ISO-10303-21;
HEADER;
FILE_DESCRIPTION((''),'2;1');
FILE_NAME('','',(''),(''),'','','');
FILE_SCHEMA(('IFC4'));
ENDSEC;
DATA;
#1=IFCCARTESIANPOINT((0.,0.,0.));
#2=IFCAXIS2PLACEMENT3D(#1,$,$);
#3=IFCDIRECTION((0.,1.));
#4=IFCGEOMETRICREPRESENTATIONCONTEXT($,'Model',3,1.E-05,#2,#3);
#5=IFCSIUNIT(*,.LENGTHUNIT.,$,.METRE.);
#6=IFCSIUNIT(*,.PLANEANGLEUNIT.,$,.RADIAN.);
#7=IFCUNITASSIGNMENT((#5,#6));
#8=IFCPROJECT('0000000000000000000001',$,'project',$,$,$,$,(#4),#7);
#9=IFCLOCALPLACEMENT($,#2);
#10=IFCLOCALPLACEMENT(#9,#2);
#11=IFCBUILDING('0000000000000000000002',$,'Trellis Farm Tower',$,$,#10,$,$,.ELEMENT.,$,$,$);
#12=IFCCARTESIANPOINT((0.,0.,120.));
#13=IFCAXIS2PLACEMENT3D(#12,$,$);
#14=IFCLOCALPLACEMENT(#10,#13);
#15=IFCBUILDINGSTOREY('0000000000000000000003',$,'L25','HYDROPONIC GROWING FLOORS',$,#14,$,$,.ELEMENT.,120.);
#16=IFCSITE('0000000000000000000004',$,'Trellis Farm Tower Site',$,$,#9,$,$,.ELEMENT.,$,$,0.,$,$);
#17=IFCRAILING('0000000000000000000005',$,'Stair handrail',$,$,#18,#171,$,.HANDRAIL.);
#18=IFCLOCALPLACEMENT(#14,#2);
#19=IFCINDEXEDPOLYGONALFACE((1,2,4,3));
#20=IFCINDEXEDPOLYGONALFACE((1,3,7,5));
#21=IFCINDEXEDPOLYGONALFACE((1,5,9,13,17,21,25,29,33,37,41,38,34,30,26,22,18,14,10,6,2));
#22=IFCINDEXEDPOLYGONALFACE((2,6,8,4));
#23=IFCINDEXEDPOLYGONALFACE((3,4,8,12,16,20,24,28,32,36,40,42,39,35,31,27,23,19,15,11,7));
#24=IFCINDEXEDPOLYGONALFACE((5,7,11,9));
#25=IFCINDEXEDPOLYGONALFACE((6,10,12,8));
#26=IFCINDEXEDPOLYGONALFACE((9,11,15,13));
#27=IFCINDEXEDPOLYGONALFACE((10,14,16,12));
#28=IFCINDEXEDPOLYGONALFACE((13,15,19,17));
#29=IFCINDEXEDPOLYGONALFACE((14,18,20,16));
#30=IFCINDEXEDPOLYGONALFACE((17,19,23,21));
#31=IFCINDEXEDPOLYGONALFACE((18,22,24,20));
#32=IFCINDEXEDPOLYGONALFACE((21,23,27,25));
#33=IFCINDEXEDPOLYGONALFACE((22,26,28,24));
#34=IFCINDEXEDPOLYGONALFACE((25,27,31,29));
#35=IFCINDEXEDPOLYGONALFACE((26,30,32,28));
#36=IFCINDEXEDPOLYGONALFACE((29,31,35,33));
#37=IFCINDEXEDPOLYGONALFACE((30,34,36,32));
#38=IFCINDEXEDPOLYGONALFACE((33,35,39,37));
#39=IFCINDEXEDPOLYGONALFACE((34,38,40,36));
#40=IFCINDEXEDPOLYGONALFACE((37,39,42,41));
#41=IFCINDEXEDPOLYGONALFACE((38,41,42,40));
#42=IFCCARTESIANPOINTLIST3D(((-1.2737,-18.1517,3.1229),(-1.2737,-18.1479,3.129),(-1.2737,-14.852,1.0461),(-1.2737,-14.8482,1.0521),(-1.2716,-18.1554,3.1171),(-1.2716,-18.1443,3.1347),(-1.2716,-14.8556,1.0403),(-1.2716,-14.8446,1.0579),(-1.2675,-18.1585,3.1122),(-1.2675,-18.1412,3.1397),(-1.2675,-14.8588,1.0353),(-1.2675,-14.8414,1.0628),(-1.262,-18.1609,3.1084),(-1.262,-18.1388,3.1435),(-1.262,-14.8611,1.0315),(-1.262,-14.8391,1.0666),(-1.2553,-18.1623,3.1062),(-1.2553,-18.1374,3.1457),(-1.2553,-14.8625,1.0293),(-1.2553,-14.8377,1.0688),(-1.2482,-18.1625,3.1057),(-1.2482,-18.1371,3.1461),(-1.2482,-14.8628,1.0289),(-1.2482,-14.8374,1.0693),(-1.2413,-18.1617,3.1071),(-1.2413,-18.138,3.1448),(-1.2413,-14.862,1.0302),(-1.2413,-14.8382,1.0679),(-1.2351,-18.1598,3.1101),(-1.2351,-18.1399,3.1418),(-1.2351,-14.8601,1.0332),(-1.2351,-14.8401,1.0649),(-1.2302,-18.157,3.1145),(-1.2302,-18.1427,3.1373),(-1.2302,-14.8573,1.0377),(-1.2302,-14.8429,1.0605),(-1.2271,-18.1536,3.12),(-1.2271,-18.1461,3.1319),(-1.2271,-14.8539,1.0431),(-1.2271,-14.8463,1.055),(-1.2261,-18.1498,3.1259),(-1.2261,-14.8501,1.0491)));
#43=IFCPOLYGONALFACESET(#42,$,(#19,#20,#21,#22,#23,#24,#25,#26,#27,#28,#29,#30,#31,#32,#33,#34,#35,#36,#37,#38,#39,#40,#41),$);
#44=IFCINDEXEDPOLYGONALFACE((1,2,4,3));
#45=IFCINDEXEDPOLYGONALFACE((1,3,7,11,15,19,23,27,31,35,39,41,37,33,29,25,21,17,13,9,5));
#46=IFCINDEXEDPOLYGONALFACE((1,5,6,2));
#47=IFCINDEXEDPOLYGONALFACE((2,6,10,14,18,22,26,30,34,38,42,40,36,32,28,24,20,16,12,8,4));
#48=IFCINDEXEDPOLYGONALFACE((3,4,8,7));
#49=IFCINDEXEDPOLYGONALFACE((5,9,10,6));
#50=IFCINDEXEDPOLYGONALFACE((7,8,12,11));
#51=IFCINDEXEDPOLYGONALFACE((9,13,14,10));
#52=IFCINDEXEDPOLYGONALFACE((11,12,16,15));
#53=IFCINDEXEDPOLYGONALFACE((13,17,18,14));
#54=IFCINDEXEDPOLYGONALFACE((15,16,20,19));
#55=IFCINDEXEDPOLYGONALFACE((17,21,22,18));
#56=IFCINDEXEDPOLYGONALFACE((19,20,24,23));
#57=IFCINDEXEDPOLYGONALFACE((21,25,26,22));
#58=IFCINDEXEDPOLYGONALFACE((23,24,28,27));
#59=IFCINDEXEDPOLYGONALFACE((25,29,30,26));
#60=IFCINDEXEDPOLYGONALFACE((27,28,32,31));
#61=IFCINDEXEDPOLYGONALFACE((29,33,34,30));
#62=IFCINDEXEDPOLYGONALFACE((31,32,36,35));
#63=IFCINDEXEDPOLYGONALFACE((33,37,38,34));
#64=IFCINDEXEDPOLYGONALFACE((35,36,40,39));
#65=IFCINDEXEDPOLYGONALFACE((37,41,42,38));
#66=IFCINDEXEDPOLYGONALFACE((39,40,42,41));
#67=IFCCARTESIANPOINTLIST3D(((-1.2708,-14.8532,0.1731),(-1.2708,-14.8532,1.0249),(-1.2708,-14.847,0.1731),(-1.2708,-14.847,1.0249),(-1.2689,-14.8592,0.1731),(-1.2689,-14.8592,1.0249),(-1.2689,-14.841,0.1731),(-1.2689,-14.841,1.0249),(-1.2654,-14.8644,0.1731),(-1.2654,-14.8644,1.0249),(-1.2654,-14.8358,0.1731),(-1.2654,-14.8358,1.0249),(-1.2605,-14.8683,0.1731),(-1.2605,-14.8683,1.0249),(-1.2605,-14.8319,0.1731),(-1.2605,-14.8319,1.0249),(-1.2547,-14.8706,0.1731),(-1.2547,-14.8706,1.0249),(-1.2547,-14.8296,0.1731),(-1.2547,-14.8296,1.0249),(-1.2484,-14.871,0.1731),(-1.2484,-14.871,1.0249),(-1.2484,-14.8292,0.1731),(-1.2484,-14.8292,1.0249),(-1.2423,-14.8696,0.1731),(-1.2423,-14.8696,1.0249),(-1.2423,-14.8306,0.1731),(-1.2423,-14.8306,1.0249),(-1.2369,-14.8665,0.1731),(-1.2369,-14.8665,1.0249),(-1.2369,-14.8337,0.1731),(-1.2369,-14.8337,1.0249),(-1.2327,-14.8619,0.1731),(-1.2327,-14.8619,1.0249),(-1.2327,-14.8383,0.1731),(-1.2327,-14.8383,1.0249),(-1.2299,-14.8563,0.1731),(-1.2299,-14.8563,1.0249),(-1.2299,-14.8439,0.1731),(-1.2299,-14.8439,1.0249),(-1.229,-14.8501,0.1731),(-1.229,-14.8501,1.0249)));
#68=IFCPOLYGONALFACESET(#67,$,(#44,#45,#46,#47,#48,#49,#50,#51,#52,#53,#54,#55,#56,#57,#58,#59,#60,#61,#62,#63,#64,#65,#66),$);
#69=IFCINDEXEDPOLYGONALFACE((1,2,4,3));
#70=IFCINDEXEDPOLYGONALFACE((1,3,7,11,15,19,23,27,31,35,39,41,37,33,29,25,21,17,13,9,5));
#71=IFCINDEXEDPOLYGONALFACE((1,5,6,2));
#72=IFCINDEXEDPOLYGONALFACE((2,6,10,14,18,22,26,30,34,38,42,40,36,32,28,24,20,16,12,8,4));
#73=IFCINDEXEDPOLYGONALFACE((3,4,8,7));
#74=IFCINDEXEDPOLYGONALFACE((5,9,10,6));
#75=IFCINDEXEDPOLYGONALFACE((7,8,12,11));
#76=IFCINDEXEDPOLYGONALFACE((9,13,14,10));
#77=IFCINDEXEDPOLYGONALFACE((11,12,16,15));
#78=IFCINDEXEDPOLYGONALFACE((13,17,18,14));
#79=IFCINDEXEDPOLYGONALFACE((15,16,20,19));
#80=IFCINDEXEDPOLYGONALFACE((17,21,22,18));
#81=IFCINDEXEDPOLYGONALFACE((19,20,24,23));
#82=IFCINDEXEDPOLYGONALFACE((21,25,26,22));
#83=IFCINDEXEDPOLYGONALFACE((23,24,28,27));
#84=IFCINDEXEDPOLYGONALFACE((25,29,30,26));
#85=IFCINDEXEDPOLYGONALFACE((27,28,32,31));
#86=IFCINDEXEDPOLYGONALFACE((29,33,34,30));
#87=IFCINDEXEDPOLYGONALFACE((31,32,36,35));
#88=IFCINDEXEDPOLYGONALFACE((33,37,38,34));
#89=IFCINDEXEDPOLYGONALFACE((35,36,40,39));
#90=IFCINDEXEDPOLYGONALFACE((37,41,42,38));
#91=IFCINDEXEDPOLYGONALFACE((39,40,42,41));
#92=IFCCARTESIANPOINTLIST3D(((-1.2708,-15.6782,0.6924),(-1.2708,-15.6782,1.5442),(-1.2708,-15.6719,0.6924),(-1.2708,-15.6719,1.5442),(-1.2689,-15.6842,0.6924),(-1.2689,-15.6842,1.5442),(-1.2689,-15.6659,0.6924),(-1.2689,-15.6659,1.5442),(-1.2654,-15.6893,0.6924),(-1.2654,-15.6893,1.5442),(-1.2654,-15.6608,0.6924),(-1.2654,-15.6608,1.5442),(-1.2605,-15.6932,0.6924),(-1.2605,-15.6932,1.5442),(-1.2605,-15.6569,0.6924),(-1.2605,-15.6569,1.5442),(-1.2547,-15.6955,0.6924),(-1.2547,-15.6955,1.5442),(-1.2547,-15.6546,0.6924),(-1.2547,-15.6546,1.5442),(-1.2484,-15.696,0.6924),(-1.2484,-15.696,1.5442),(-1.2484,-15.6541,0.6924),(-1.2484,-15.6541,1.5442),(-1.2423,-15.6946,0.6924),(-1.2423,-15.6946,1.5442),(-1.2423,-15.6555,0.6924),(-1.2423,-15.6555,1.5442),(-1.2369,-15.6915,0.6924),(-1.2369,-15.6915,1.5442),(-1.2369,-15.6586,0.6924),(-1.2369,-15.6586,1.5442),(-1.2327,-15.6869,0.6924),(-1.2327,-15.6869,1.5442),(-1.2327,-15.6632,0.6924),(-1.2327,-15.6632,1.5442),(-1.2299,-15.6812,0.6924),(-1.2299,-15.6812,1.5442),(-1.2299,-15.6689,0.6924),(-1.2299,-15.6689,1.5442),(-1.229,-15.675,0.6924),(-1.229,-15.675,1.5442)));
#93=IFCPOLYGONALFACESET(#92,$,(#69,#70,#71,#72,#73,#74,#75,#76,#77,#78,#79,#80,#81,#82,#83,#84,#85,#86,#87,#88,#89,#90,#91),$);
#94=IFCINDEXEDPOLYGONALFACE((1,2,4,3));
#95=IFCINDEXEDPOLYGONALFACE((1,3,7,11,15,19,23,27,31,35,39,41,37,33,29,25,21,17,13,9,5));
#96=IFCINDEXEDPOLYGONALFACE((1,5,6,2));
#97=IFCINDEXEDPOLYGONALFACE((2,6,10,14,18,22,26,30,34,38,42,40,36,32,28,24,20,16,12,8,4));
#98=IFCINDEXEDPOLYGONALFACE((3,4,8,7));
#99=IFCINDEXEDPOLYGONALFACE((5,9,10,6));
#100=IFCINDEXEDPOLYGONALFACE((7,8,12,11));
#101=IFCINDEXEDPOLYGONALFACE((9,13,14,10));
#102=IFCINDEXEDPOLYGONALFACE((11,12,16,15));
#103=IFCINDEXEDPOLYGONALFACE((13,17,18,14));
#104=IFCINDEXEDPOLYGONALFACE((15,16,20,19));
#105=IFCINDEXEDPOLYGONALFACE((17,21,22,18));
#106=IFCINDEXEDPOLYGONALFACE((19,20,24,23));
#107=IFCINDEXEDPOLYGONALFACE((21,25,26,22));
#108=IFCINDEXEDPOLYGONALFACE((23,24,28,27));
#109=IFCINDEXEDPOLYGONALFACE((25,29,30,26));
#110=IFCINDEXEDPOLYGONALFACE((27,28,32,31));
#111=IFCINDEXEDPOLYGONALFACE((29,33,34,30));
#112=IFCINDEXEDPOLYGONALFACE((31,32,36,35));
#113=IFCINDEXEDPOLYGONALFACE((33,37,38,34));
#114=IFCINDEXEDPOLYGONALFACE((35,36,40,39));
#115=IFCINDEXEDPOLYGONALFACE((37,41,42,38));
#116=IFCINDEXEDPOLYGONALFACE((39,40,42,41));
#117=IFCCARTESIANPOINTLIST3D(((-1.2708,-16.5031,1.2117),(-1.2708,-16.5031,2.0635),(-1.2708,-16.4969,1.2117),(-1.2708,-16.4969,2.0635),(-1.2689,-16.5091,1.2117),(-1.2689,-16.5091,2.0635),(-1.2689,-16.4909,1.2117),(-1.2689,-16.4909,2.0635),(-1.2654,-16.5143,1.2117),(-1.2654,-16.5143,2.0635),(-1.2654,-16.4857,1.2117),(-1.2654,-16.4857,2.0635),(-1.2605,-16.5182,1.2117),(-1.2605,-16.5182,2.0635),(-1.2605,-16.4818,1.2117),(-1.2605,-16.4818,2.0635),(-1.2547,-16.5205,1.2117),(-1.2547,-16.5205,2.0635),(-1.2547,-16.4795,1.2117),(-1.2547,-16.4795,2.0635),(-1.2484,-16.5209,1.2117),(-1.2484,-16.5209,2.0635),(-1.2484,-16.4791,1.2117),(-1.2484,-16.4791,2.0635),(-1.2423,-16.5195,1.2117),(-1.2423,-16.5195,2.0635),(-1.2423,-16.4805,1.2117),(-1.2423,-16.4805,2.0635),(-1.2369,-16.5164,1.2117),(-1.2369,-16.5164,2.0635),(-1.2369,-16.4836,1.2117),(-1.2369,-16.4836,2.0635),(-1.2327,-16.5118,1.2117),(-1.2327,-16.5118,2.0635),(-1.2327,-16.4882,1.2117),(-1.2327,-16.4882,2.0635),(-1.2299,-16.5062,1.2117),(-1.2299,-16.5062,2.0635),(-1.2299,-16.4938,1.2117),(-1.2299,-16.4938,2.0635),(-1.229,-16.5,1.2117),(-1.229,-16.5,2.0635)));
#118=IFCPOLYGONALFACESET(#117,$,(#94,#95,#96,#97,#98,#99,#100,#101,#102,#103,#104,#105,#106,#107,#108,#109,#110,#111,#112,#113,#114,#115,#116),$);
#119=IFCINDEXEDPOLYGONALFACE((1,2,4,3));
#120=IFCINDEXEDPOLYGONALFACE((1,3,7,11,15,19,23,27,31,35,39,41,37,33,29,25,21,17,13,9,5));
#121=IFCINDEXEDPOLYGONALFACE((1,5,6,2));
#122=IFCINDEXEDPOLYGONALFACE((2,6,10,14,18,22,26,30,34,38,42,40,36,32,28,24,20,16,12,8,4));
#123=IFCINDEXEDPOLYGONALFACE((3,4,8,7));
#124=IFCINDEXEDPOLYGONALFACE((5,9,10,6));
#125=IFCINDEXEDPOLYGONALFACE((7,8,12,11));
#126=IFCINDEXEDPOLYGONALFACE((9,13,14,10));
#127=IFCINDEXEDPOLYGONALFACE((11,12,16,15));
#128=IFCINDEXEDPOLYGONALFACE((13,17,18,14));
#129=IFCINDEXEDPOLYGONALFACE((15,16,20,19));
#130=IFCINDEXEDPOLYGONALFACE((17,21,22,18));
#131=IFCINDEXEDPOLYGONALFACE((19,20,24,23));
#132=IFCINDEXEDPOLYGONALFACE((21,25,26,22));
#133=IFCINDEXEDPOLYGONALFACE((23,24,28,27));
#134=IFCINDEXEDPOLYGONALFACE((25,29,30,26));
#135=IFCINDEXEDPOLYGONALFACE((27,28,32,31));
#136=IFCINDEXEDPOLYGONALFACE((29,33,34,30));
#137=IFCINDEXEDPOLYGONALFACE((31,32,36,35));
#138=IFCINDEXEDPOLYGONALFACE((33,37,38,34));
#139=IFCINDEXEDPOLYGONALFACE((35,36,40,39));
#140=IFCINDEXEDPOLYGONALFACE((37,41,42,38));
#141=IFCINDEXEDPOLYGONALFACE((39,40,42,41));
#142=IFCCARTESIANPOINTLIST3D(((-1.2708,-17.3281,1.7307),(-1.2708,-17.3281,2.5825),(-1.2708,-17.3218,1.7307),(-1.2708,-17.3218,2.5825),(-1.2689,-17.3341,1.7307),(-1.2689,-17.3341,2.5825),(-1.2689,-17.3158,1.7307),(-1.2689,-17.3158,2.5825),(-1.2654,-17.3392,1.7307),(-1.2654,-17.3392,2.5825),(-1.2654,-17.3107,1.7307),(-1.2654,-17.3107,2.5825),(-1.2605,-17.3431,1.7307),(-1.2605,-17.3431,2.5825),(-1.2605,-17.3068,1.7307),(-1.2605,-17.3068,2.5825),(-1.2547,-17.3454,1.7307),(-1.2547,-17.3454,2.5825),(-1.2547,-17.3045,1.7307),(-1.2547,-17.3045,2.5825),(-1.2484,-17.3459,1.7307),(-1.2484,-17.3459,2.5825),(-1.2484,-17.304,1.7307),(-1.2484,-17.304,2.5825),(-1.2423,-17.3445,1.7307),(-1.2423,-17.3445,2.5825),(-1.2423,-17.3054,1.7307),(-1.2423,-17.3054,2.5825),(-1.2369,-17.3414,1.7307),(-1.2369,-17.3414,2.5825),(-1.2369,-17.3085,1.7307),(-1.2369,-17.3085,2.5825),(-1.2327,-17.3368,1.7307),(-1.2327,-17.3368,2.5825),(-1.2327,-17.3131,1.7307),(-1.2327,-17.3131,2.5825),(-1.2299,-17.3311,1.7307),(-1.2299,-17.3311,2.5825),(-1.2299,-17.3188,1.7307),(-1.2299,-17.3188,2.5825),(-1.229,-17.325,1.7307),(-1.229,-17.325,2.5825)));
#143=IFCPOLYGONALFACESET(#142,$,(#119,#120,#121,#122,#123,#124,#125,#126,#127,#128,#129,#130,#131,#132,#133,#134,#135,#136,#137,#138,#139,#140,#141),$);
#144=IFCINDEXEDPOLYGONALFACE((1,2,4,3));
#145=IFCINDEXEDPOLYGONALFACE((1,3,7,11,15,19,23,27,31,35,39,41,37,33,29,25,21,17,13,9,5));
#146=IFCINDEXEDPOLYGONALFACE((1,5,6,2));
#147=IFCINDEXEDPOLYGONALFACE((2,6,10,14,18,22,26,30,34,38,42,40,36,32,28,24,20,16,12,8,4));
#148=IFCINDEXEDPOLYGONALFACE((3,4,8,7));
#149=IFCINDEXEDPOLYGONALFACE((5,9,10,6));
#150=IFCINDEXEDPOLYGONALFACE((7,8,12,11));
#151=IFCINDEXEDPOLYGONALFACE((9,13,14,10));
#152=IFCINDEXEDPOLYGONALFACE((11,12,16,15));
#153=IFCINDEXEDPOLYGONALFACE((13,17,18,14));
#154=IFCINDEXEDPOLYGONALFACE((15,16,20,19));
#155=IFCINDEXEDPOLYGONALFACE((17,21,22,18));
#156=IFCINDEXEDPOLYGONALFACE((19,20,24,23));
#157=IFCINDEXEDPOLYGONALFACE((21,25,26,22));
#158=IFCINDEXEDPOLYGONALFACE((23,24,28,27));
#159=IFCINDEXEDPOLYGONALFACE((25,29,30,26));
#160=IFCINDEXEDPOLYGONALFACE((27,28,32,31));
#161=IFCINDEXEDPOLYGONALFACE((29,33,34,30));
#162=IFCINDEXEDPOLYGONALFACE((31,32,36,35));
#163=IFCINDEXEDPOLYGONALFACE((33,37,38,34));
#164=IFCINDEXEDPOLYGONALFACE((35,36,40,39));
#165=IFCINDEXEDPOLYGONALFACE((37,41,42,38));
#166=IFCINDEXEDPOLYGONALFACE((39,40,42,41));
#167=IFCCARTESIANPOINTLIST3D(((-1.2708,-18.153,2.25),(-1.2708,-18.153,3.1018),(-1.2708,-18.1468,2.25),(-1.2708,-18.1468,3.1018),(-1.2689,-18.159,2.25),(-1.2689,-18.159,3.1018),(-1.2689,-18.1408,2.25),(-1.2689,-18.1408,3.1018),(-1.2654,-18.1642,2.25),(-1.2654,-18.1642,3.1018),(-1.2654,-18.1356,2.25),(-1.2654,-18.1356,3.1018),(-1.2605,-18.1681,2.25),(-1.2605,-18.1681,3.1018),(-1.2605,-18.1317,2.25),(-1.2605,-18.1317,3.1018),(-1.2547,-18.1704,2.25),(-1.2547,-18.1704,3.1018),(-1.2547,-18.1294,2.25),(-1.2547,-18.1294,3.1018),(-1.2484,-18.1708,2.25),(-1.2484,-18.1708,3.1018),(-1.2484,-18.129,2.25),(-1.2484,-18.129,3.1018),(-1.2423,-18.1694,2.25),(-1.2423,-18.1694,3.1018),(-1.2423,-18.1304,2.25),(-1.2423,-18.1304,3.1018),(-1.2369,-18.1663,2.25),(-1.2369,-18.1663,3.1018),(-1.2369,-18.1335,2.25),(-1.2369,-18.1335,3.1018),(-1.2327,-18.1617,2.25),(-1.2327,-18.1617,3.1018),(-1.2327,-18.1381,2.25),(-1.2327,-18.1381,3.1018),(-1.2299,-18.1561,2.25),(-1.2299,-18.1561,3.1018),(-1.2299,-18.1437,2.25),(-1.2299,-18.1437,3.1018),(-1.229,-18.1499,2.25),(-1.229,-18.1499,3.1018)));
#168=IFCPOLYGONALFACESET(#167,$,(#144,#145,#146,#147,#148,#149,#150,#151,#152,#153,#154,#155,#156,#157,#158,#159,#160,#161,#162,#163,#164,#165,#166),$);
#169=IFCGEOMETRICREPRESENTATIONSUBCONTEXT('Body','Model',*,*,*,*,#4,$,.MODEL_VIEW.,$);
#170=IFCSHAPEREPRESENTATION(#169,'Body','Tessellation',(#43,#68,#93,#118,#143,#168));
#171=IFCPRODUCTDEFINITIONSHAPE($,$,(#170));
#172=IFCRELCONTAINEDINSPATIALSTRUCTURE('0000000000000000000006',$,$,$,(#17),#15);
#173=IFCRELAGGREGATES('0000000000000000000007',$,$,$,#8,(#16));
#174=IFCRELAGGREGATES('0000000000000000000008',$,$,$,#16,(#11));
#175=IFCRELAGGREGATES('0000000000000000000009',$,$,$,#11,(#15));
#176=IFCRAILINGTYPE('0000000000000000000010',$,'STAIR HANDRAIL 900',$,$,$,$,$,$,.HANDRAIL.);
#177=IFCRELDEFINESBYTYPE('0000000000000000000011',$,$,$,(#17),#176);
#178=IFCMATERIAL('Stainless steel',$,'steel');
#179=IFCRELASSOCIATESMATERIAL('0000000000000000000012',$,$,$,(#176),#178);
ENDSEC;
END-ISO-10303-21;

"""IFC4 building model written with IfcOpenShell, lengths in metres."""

from ifc_helpers import new_model, si_unit, direction, frame, origin, origin_2d, place, context, subcontext, project, spatial, circle, extrude, source, transform, mapped, material, type_object, element, save


model = new_model("IFC4")

# Units and contexts
model_context = context("Model", 3, precision=1e-05, world=origin(), true_north=direction((0.0, 1.0)))
body_context = subcontext(model_context, "Body", "Model", "MODEL_VIEW")
ifc_project = project(units=[si_unit("LENGTHUNIT", "METRE"), si_unit("PLANEANGLEUNIT", "RADIAN")], contexts=[model_context])

# Site, building, storey
site_placement = place(None, origin())
site = spatial("IfcSite", under=ifc_project, at=site_placement, Name="Trellis Farm Tower Site", CompositionType="ELEMENT", RefElevation=0.0)
building_placement = place(site_placement, origin())
building = spatial("IfcBuilding", under=site, at=building_placement, Name="Trellis Farm Tower", CompositionType="ELEMENT")
storey_placement = place(building_placement, frame((0.0, 0.0, 120.0)))
storey = spatial("IfcBuildingStorey", under=building, at=storey_placement, Name="L25", Description="HYDROPONIC GROWING FLOORS", CompositionType="ELEMENT", Elevation=120.0)

# Railing
ifc_material_1 = material(Name="Stainless steel", Category="steel")
railing_type = type_object("IfcRailingType", Name="STAIR HANDRAIL 900", PredefinedType="HANDRAIL", material=ifc_material_1)
shared_shape_1 = source(origin(), body_context, "Body", "SweptSolid", [
    extrude(circle(Radius=0.0239, at=origin_2d()), frame((0.0, 0.0, 0.876), z_axis=(0.0, -0.84632, 0.532675), x_axis=(1.0, 0.0, 0.0)), (0.0, 0.0, 1.0), 3.8989),
    extrude(circle(Radius=0.021, at=origin_2d()), origin(), (0.0, 0.0, 1.0), 0.8518),
    extrude(circle(Radius=0.021, at=origin_2d()), frame((0.0, -0.825, 0.5193)), (0.0, 0.0, 1.0), 0.8518),
    extrude(circle(Radius=0.021, at=origin_2d()), frame((0.0, -1.6499, 1.0386)), (0.0, 0.0, 1.0), 0.8518),
    extrude(circle(Radius=0.021, at=origin_2d()), frame((0.0, -2.4749, 1.5576)), (0.0, 0.0, 1.0), 0.8518),
    extrude(circle(Radius=0.021, at=origin_2d()), frame((0.0, -3.2998, 2.0769)), (0.0, 0.0, 1.0), 0.8518),
])
railing_placement = place(storey_placement, frame((-1.25, -14.8501, 0.1731)))
element("IfcRailing", 1, at=railing_placement, inside=storey, type_object=railing_type, Name="Stair handrail", PredefinedType="HANDRAIL", context=body_context, shape_type="MappedRepresentation", body=[
    mapped(shared_shape_1, transform((0.0, 0.0, 0.0))),
])

save(model, "model.ifc")
